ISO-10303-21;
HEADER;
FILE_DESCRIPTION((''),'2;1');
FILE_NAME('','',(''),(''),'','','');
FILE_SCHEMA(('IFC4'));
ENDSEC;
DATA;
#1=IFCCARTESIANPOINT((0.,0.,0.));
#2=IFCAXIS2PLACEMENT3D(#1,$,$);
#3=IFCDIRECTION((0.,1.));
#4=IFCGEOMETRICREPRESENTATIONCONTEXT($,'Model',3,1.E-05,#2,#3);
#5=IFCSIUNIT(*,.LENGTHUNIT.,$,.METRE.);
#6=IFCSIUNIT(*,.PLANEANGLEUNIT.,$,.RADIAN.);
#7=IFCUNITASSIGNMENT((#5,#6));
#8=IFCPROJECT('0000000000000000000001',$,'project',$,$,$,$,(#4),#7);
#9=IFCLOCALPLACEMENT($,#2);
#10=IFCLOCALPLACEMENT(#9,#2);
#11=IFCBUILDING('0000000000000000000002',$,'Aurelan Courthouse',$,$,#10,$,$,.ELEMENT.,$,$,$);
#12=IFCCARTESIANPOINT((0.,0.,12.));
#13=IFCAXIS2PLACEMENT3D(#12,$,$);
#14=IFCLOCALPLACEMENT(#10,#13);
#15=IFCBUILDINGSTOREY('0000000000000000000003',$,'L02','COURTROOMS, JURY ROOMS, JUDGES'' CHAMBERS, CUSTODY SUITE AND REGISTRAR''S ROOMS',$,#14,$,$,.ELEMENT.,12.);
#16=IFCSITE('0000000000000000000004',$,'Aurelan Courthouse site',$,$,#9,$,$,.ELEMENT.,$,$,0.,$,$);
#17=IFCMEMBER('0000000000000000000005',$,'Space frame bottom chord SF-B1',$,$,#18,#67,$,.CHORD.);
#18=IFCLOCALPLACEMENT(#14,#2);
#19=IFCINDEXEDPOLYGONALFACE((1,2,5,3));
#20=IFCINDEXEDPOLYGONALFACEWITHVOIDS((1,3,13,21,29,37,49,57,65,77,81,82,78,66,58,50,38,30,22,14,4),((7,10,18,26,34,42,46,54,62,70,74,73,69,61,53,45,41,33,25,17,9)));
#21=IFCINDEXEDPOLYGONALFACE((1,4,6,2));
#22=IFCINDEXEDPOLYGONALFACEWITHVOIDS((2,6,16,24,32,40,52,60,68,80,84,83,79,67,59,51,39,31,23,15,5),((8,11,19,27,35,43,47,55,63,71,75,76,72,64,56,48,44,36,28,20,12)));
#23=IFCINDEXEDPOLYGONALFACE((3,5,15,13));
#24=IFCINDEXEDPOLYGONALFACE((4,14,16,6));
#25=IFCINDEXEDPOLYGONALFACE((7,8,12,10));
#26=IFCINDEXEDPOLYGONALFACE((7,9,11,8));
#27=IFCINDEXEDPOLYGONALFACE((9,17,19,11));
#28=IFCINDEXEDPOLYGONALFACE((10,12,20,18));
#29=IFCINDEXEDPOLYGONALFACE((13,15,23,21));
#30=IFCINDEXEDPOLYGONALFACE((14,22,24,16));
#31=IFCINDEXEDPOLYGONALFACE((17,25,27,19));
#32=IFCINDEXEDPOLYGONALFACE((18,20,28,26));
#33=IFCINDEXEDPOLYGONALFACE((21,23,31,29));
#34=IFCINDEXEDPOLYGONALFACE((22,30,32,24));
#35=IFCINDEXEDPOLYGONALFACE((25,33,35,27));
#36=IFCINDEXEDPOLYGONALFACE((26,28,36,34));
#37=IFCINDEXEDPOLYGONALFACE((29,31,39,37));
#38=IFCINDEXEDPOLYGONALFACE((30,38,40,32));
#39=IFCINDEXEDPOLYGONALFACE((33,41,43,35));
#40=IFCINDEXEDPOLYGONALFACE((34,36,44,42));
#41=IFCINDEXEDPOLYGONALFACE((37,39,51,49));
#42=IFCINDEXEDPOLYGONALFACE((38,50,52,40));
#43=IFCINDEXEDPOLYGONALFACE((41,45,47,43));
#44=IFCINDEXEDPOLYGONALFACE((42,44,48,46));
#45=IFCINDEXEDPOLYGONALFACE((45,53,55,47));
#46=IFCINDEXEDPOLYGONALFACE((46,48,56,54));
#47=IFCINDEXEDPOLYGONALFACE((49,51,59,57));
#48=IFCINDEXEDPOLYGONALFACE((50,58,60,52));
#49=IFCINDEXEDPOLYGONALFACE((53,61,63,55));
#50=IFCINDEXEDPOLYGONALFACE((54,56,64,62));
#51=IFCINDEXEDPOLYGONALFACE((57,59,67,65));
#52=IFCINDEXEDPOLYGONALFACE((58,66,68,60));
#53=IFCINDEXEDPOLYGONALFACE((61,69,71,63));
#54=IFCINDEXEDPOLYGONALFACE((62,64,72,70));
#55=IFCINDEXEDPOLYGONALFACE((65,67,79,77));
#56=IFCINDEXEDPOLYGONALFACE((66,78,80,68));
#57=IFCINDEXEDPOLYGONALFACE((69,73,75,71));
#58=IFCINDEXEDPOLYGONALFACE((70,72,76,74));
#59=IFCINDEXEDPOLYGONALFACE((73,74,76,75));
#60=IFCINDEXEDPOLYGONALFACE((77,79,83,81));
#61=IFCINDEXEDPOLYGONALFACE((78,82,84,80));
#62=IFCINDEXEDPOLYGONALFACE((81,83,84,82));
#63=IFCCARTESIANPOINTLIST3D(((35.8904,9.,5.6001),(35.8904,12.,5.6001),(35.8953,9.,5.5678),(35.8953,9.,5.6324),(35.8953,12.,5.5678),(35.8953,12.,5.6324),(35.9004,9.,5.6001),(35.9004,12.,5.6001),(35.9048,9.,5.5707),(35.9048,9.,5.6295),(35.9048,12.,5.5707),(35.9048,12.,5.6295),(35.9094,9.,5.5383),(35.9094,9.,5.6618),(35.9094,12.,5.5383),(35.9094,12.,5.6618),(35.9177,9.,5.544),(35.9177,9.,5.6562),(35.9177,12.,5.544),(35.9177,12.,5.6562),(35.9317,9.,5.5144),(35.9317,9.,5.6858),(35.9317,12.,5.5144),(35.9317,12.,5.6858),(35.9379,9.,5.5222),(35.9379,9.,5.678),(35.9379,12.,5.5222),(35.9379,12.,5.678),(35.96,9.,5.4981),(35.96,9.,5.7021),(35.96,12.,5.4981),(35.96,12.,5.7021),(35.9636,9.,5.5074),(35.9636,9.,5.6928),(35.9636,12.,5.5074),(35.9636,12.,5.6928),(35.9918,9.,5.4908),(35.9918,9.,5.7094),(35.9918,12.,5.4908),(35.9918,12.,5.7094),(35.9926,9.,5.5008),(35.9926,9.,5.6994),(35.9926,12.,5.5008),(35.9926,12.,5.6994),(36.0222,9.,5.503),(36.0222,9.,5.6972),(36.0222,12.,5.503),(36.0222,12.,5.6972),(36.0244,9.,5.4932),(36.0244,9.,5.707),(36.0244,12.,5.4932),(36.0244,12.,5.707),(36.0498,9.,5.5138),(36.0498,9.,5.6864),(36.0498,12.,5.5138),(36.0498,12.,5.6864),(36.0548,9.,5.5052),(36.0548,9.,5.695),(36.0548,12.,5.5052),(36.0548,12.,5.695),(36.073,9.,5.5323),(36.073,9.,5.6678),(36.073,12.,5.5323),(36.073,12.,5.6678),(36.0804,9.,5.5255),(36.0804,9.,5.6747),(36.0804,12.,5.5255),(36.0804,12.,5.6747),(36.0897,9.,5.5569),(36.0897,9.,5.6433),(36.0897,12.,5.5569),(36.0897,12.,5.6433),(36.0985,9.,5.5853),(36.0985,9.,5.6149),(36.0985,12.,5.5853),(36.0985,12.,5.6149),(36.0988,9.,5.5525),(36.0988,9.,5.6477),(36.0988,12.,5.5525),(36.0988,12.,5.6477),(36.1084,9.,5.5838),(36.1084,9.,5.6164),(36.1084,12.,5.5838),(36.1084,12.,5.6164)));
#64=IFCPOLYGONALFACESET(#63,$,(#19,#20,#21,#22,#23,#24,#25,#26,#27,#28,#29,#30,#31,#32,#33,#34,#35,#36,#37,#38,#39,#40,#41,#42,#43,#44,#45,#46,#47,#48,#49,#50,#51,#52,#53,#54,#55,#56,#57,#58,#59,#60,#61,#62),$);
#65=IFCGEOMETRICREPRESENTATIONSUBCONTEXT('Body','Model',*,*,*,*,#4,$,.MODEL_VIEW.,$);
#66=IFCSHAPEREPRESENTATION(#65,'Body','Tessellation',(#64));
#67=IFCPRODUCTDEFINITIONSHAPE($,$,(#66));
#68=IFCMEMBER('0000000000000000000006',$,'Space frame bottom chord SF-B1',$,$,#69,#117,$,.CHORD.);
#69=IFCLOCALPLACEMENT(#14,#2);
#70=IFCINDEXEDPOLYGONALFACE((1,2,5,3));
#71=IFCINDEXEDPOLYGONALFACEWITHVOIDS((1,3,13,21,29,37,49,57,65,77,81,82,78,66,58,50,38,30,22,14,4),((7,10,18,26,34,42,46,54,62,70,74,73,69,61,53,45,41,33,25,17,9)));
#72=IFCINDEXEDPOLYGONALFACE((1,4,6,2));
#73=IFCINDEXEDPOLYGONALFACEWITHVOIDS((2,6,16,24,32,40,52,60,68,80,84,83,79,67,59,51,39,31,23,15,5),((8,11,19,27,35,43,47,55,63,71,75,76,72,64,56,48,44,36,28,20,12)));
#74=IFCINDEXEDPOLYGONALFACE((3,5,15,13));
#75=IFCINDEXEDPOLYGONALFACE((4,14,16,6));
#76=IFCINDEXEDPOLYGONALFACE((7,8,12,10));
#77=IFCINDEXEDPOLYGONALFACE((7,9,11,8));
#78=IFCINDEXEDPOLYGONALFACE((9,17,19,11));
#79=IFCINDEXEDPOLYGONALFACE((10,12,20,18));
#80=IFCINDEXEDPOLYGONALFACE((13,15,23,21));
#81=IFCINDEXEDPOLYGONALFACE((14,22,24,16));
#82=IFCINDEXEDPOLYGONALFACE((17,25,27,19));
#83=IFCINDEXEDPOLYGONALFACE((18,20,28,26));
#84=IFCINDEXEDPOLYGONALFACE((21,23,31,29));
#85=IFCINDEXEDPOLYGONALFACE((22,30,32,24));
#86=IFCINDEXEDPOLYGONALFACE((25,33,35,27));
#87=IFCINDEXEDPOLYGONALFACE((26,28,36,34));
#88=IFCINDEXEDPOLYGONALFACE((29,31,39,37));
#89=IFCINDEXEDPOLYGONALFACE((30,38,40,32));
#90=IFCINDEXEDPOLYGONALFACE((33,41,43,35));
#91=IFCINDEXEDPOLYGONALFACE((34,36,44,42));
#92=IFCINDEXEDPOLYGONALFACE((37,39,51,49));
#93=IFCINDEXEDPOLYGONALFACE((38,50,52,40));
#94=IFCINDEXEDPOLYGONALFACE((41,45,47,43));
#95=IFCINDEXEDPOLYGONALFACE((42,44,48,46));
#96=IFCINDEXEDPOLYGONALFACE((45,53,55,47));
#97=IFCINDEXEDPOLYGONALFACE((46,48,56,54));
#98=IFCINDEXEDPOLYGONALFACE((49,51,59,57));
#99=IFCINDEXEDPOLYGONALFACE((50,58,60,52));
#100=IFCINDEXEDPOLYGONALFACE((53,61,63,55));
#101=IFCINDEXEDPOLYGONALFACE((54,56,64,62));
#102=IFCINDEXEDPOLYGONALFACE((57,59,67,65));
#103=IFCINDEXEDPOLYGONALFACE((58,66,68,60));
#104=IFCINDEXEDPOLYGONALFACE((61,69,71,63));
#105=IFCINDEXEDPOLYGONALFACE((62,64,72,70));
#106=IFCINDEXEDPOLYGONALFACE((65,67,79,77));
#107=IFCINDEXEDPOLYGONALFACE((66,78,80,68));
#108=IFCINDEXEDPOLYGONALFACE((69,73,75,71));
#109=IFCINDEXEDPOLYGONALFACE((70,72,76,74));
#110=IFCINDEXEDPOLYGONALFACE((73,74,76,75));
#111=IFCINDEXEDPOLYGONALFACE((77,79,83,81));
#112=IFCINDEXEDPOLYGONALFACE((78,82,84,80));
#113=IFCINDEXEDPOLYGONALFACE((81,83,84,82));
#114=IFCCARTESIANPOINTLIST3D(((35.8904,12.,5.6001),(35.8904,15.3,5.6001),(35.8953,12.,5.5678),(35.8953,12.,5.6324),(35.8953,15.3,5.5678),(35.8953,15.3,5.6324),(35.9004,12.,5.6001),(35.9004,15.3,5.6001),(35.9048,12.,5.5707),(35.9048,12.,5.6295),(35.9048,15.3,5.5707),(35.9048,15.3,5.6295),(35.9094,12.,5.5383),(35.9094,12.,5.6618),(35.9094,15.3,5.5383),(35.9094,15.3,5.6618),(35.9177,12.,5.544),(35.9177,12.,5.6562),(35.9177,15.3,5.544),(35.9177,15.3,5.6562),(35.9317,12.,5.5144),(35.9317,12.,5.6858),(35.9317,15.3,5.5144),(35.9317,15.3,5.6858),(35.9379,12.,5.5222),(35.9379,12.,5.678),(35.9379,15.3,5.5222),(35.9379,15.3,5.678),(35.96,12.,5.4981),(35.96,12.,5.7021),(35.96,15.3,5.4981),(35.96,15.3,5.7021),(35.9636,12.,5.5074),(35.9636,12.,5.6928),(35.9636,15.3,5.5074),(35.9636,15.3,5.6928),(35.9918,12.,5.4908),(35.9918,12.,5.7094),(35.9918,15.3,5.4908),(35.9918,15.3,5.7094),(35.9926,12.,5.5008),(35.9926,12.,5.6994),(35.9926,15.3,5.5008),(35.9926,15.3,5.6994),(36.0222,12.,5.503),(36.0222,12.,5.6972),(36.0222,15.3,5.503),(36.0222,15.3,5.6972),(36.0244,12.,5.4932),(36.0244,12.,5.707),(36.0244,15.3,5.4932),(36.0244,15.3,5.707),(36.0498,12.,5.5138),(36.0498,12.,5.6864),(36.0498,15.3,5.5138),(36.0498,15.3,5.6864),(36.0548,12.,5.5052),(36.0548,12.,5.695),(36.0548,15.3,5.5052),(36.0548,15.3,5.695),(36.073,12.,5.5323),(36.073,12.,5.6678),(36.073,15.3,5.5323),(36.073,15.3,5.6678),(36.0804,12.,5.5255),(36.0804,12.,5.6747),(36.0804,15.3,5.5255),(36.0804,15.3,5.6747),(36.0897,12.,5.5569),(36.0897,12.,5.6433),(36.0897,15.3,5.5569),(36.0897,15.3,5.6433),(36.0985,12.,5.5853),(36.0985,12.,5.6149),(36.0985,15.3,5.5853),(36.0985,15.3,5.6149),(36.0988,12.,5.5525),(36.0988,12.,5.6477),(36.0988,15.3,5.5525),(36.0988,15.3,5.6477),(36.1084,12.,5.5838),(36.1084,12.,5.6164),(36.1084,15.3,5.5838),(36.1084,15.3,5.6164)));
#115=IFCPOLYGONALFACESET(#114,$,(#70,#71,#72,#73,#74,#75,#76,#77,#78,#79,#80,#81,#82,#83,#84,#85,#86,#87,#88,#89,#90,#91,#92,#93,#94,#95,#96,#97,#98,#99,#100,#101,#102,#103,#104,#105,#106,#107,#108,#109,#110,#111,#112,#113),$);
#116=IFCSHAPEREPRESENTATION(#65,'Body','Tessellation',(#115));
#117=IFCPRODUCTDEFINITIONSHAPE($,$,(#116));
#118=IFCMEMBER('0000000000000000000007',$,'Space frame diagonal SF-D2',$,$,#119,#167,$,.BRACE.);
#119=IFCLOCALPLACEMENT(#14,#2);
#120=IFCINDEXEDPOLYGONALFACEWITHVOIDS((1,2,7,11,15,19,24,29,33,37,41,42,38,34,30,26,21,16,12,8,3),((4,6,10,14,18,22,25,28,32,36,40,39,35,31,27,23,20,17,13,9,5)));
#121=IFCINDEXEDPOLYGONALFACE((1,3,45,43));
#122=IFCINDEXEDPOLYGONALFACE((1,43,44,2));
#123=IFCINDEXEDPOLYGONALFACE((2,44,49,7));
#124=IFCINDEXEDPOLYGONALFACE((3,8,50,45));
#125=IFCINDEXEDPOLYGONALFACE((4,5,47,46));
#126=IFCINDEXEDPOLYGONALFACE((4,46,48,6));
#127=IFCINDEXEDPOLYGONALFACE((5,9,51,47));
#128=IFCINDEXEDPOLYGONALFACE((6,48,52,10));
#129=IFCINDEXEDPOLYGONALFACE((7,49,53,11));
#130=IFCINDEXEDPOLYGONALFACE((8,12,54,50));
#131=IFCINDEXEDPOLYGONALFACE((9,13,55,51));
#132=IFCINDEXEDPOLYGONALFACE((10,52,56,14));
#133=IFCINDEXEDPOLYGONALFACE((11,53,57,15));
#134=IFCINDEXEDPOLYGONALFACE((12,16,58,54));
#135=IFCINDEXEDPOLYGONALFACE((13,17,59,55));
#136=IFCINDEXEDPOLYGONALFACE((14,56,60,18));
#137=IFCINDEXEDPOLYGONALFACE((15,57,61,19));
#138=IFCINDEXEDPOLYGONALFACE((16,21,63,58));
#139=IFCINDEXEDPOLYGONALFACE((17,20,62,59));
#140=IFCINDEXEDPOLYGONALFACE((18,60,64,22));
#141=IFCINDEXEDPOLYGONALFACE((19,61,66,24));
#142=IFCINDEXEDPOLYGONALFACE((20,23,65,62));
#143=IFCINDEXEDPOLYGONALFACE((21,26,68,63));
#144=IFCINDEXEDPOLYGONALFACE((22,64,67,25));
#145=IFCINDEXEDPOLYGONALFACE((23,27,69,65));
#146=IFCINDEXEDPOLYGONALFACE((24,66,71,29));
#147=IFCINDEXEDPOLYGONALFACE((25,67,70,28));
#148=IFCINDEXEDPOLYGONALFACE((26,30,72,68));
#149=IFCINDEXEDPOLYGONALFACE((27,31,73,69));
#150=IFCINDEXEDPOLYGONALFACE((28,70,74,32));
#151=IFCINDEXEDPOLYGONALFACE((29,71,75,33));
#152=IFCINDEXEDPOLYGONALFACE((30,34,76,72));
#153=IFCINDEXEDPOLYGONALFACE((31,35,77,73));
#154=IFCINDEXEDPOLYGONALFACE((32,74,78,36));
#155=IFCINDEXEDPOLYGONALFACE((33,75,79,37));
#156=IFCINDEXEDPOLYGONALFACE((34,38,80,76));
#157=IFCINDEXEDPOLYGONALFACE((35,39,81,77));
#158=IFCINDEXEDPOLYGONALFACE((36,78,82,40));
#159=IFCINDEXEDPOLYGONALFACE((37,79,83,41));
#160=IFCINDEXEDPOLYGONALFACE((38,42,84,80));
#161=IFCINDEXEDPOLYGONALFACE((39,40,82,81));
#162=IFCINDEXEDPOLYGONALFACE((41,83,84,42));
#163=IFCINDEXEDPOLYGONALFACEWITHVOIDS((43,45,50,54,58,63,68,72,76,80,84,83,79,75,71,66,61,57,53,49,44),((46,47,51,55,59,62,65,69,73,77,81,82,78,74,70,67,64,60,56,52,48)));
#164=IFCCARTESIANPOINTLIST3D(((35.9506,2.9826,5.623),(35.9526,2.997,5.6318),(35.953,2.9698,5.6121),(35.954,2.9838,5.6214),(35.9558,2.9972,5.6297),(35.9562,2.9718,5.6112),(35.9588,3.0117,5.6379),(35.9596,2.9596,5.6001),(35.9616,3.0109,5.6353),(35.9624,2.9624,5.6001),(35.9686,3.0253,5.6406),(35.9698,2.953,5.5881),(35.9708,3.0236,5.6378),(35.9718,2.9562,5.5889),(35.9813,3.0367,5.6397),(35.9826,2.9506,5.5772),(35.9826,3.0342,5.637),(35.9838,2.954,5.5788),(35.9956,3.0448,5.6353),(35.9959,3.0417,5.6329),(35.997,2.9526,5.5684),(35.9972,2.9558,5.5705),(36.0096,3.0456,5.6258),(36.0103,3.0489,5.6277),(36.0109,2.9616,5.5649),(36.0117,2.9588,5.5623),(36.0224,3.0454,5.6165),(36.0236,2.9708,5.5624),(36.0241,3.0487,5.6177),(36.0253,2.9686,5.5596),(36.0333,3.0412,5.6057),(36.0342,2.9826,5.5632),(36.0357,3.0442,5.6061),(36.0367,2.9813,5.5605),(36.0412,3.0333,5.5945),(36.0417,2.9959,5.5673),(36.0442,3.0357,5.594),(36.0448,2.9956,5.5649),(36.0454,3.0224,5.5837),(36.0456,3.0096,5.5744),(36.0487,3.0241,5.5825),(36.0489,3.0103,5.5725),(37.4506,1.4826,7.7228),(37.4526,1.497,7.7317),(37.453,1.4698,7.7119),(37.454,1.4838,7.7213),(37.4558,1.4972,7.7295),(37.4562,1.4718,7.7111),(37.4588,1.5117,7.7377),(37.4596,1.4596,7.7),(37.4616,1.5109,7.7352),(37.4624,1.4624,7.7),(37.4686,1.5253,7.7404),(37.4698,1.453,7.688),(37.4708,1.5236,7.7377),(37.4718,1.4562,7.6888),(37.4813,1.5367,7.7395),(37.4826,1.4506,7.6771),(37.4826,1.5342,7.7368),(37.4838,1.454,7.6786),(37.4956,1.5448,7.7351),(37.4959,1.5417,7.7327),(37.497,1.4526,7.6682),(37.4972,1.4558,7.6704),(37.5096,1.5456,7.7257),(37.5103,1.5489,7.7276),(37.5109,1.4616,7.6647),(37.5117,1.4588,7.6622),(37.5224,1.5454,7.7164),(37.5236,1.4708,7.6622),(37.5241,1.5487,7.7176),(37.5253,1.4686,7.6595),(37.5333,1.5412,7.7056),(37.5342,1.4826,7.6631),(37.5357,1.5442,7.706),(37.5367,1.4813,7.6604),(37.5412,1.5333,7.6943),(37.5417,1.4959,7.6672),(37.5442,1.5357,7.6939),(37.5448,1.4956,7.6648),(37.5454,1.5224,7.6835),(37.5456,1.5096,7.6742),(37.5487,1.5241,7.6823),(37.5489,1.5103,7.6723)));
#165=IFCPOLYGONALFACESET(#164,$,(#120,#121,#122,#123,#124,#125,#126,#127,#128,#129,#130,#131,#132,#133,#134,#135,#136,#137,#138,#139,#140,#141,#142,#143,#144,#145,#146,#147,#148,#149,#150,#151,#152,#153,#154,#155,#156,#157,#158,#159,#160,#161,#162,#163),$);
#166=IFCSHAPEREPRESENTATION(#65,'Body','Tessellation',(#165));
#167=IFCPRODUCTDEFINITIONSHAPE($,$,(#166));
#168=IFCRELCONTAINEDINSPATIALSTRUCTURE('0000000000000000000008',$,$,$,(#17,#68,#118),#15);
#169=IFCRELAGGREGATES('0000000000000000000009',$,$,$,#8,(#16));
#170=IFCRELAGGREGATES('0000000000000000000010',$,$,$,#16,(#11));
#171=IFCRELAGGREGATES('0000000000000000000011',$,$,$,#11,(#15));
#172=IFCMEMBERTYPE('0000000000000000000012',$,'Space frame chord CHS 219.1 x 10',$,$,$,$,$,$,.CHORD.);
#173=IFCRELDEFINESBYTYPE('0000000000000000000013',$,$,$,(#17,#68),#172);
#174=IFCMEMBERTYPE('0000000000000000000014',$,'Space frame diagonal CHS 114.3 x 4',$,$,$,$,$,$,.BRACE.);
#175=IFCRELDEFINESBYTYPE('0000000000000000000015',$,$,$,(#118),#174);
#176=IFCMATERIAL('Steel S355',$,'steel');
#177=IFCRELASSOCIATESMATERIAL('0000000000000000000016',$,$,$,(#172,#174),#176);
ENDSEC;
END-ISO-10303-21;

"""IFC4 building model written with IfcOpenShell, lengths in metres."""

from ifc_helpers import new_model, si_unit, direction, frame, origin, origin_2d, place, context, subcontext, project, spatial, hollow_circle, extrude, material, material_profile, profile_set, type_object, element, save


model = new_model("IFC4")

# Units and contexts
model_context = context("Model", 3, precision=1e-05, world=origin(), true_north=direction((0.0, 1.0)))
body_context = subcontext(model_context, "Body", "Model", "MODEL_VIEW")
ifc_project = project(units=[si_unit("LENGTHUNIT", "METRE"), si_unit("PLANEANGLEUNIT", "RADIAN")], contexts=[model_context])

# Site, building, storey
site_placement = place(None, origin())
site = spatial("IfcSite", under=ifc_project, at=site_placement, Name="Aurelan Courthouse site", CompositionType="ELEMENT", RefElevation=0.0)
building_placement = place(site_placement, origin())
building = spatial("IfcBuilding", under=site, at=building_placement, Name="Aurelan Courthouse", CompositionType="ELEMENT")
storey_placement = place(building_placement, frame((0.0, 0.0, 12.0)))
storey = spatial("IfcBuildingStorey", under=building, at=storey_placement, Name="L02", Description="COURTROOMS, JURY ROOMS, JUDGES' CHAMBERS, CUSTODY SUITE AND REGISTRAR'S ROOMS", CompositionType="ELEMENT", Elevation=12.0)

# Shared definitions
ifc_material_1 = material(Name="Steel S355", Category="steel")

# Members
ifc_material_profile_1 = material_profile(ifc_material_1, hollow_circle(Radius=0.1096, WallThickness=0.01, at=origin_2d()), Name="CHS 219.1 x 10")
ifc_profile_set_1 = profile_set([ifc_material_profile_1], Name="Steel S355")
member_type_1 = type_object("IfcMemberType", Name="Space frame chord CHS 219.1 x 10", PredefinedType="CHORD", material=ifc_profile_set_1)
for number, where, z_axis, x_axis, name in (
    (1, (36.0, 9.0, 5.6001), (0.0, 1.0, 0.0), (-1.0, 0.0, 0.0), "Space frame bottom chord SF-B1"),
):
    element("IfcMember", number, at=place(storey_placement, frame(where, z_axis=z_axis, x_axis=x_axis)), inside=storey, type_object=member_type_1, Name=name, PredefinedType="CHORD", context=body_context, shape_type="SweptSolid", body=[
        extrude(hollow_circle(Radius=0.1096, WallThickness=0.01, at=origin_2d()), origin(), (0.0, 0.0, 1.0), 3.0),
    ])
member_1_placement = place(storey_placement, frame((36.0, 12.0, 5.6001), z_axis=(0.0, 1.0, 0.0), x_axis=(-1.0, 0.0, 0.0)))
element("IfcMember", 2, at=member_1_placement, inside=storey, type_object=member_type_1, Name="Space frame bottom chord SF-B1", PredefinedType="CHORD", context=body_context, shape_type="SweptSolid", body=[
    extrude(hollow_circle(Radius=0.1096, WallThickness=0.01, at=origin_2d()), origin(), (0.0, 0.0, 1.0), 3.3),
])
ifc_material_profile_2 = material_profile(ifc_material_1, hollow_circle(Radius=0.0571, WallThickness=0.0039, at=origin_2d()), Name="CHS 114.3 x 4")
ifc_profile_set_2 = profile_set([ifc_material_profile_2], Name="Steel S355")
member_type_2 = type_object("IfcMemberType", Name="Space frame diagonal CHS 114.3 x 4", PredefinedType="BRACE", material=ifc_profile_set_2)
for number, where, z_axis, x_axis, name in (
    (3, (37.5, 1.5, 7.7), (-0.502536, 0.502536, -0.703502), (-0.707107, -0.707107, 0.0), "Space frame diagonal SF-D2"),
):
    element("IfcMember", number, at=place(storey_placement, frame(where, z_axis=z_axis, x_axis=x_axis)), inside=storey, type_object=member_type_2, Name=name, PredefinedType="BRACE", context=body_context, shape_type="SweptSolid", body=[
        extrude(hollow_circle(Radius=0.0571, WallThickness=0.0039, at=origin_2d()), origin(), (0.0, 0.0, 1.0), 2.9849),
    ])

save(model, "model.ifc")
